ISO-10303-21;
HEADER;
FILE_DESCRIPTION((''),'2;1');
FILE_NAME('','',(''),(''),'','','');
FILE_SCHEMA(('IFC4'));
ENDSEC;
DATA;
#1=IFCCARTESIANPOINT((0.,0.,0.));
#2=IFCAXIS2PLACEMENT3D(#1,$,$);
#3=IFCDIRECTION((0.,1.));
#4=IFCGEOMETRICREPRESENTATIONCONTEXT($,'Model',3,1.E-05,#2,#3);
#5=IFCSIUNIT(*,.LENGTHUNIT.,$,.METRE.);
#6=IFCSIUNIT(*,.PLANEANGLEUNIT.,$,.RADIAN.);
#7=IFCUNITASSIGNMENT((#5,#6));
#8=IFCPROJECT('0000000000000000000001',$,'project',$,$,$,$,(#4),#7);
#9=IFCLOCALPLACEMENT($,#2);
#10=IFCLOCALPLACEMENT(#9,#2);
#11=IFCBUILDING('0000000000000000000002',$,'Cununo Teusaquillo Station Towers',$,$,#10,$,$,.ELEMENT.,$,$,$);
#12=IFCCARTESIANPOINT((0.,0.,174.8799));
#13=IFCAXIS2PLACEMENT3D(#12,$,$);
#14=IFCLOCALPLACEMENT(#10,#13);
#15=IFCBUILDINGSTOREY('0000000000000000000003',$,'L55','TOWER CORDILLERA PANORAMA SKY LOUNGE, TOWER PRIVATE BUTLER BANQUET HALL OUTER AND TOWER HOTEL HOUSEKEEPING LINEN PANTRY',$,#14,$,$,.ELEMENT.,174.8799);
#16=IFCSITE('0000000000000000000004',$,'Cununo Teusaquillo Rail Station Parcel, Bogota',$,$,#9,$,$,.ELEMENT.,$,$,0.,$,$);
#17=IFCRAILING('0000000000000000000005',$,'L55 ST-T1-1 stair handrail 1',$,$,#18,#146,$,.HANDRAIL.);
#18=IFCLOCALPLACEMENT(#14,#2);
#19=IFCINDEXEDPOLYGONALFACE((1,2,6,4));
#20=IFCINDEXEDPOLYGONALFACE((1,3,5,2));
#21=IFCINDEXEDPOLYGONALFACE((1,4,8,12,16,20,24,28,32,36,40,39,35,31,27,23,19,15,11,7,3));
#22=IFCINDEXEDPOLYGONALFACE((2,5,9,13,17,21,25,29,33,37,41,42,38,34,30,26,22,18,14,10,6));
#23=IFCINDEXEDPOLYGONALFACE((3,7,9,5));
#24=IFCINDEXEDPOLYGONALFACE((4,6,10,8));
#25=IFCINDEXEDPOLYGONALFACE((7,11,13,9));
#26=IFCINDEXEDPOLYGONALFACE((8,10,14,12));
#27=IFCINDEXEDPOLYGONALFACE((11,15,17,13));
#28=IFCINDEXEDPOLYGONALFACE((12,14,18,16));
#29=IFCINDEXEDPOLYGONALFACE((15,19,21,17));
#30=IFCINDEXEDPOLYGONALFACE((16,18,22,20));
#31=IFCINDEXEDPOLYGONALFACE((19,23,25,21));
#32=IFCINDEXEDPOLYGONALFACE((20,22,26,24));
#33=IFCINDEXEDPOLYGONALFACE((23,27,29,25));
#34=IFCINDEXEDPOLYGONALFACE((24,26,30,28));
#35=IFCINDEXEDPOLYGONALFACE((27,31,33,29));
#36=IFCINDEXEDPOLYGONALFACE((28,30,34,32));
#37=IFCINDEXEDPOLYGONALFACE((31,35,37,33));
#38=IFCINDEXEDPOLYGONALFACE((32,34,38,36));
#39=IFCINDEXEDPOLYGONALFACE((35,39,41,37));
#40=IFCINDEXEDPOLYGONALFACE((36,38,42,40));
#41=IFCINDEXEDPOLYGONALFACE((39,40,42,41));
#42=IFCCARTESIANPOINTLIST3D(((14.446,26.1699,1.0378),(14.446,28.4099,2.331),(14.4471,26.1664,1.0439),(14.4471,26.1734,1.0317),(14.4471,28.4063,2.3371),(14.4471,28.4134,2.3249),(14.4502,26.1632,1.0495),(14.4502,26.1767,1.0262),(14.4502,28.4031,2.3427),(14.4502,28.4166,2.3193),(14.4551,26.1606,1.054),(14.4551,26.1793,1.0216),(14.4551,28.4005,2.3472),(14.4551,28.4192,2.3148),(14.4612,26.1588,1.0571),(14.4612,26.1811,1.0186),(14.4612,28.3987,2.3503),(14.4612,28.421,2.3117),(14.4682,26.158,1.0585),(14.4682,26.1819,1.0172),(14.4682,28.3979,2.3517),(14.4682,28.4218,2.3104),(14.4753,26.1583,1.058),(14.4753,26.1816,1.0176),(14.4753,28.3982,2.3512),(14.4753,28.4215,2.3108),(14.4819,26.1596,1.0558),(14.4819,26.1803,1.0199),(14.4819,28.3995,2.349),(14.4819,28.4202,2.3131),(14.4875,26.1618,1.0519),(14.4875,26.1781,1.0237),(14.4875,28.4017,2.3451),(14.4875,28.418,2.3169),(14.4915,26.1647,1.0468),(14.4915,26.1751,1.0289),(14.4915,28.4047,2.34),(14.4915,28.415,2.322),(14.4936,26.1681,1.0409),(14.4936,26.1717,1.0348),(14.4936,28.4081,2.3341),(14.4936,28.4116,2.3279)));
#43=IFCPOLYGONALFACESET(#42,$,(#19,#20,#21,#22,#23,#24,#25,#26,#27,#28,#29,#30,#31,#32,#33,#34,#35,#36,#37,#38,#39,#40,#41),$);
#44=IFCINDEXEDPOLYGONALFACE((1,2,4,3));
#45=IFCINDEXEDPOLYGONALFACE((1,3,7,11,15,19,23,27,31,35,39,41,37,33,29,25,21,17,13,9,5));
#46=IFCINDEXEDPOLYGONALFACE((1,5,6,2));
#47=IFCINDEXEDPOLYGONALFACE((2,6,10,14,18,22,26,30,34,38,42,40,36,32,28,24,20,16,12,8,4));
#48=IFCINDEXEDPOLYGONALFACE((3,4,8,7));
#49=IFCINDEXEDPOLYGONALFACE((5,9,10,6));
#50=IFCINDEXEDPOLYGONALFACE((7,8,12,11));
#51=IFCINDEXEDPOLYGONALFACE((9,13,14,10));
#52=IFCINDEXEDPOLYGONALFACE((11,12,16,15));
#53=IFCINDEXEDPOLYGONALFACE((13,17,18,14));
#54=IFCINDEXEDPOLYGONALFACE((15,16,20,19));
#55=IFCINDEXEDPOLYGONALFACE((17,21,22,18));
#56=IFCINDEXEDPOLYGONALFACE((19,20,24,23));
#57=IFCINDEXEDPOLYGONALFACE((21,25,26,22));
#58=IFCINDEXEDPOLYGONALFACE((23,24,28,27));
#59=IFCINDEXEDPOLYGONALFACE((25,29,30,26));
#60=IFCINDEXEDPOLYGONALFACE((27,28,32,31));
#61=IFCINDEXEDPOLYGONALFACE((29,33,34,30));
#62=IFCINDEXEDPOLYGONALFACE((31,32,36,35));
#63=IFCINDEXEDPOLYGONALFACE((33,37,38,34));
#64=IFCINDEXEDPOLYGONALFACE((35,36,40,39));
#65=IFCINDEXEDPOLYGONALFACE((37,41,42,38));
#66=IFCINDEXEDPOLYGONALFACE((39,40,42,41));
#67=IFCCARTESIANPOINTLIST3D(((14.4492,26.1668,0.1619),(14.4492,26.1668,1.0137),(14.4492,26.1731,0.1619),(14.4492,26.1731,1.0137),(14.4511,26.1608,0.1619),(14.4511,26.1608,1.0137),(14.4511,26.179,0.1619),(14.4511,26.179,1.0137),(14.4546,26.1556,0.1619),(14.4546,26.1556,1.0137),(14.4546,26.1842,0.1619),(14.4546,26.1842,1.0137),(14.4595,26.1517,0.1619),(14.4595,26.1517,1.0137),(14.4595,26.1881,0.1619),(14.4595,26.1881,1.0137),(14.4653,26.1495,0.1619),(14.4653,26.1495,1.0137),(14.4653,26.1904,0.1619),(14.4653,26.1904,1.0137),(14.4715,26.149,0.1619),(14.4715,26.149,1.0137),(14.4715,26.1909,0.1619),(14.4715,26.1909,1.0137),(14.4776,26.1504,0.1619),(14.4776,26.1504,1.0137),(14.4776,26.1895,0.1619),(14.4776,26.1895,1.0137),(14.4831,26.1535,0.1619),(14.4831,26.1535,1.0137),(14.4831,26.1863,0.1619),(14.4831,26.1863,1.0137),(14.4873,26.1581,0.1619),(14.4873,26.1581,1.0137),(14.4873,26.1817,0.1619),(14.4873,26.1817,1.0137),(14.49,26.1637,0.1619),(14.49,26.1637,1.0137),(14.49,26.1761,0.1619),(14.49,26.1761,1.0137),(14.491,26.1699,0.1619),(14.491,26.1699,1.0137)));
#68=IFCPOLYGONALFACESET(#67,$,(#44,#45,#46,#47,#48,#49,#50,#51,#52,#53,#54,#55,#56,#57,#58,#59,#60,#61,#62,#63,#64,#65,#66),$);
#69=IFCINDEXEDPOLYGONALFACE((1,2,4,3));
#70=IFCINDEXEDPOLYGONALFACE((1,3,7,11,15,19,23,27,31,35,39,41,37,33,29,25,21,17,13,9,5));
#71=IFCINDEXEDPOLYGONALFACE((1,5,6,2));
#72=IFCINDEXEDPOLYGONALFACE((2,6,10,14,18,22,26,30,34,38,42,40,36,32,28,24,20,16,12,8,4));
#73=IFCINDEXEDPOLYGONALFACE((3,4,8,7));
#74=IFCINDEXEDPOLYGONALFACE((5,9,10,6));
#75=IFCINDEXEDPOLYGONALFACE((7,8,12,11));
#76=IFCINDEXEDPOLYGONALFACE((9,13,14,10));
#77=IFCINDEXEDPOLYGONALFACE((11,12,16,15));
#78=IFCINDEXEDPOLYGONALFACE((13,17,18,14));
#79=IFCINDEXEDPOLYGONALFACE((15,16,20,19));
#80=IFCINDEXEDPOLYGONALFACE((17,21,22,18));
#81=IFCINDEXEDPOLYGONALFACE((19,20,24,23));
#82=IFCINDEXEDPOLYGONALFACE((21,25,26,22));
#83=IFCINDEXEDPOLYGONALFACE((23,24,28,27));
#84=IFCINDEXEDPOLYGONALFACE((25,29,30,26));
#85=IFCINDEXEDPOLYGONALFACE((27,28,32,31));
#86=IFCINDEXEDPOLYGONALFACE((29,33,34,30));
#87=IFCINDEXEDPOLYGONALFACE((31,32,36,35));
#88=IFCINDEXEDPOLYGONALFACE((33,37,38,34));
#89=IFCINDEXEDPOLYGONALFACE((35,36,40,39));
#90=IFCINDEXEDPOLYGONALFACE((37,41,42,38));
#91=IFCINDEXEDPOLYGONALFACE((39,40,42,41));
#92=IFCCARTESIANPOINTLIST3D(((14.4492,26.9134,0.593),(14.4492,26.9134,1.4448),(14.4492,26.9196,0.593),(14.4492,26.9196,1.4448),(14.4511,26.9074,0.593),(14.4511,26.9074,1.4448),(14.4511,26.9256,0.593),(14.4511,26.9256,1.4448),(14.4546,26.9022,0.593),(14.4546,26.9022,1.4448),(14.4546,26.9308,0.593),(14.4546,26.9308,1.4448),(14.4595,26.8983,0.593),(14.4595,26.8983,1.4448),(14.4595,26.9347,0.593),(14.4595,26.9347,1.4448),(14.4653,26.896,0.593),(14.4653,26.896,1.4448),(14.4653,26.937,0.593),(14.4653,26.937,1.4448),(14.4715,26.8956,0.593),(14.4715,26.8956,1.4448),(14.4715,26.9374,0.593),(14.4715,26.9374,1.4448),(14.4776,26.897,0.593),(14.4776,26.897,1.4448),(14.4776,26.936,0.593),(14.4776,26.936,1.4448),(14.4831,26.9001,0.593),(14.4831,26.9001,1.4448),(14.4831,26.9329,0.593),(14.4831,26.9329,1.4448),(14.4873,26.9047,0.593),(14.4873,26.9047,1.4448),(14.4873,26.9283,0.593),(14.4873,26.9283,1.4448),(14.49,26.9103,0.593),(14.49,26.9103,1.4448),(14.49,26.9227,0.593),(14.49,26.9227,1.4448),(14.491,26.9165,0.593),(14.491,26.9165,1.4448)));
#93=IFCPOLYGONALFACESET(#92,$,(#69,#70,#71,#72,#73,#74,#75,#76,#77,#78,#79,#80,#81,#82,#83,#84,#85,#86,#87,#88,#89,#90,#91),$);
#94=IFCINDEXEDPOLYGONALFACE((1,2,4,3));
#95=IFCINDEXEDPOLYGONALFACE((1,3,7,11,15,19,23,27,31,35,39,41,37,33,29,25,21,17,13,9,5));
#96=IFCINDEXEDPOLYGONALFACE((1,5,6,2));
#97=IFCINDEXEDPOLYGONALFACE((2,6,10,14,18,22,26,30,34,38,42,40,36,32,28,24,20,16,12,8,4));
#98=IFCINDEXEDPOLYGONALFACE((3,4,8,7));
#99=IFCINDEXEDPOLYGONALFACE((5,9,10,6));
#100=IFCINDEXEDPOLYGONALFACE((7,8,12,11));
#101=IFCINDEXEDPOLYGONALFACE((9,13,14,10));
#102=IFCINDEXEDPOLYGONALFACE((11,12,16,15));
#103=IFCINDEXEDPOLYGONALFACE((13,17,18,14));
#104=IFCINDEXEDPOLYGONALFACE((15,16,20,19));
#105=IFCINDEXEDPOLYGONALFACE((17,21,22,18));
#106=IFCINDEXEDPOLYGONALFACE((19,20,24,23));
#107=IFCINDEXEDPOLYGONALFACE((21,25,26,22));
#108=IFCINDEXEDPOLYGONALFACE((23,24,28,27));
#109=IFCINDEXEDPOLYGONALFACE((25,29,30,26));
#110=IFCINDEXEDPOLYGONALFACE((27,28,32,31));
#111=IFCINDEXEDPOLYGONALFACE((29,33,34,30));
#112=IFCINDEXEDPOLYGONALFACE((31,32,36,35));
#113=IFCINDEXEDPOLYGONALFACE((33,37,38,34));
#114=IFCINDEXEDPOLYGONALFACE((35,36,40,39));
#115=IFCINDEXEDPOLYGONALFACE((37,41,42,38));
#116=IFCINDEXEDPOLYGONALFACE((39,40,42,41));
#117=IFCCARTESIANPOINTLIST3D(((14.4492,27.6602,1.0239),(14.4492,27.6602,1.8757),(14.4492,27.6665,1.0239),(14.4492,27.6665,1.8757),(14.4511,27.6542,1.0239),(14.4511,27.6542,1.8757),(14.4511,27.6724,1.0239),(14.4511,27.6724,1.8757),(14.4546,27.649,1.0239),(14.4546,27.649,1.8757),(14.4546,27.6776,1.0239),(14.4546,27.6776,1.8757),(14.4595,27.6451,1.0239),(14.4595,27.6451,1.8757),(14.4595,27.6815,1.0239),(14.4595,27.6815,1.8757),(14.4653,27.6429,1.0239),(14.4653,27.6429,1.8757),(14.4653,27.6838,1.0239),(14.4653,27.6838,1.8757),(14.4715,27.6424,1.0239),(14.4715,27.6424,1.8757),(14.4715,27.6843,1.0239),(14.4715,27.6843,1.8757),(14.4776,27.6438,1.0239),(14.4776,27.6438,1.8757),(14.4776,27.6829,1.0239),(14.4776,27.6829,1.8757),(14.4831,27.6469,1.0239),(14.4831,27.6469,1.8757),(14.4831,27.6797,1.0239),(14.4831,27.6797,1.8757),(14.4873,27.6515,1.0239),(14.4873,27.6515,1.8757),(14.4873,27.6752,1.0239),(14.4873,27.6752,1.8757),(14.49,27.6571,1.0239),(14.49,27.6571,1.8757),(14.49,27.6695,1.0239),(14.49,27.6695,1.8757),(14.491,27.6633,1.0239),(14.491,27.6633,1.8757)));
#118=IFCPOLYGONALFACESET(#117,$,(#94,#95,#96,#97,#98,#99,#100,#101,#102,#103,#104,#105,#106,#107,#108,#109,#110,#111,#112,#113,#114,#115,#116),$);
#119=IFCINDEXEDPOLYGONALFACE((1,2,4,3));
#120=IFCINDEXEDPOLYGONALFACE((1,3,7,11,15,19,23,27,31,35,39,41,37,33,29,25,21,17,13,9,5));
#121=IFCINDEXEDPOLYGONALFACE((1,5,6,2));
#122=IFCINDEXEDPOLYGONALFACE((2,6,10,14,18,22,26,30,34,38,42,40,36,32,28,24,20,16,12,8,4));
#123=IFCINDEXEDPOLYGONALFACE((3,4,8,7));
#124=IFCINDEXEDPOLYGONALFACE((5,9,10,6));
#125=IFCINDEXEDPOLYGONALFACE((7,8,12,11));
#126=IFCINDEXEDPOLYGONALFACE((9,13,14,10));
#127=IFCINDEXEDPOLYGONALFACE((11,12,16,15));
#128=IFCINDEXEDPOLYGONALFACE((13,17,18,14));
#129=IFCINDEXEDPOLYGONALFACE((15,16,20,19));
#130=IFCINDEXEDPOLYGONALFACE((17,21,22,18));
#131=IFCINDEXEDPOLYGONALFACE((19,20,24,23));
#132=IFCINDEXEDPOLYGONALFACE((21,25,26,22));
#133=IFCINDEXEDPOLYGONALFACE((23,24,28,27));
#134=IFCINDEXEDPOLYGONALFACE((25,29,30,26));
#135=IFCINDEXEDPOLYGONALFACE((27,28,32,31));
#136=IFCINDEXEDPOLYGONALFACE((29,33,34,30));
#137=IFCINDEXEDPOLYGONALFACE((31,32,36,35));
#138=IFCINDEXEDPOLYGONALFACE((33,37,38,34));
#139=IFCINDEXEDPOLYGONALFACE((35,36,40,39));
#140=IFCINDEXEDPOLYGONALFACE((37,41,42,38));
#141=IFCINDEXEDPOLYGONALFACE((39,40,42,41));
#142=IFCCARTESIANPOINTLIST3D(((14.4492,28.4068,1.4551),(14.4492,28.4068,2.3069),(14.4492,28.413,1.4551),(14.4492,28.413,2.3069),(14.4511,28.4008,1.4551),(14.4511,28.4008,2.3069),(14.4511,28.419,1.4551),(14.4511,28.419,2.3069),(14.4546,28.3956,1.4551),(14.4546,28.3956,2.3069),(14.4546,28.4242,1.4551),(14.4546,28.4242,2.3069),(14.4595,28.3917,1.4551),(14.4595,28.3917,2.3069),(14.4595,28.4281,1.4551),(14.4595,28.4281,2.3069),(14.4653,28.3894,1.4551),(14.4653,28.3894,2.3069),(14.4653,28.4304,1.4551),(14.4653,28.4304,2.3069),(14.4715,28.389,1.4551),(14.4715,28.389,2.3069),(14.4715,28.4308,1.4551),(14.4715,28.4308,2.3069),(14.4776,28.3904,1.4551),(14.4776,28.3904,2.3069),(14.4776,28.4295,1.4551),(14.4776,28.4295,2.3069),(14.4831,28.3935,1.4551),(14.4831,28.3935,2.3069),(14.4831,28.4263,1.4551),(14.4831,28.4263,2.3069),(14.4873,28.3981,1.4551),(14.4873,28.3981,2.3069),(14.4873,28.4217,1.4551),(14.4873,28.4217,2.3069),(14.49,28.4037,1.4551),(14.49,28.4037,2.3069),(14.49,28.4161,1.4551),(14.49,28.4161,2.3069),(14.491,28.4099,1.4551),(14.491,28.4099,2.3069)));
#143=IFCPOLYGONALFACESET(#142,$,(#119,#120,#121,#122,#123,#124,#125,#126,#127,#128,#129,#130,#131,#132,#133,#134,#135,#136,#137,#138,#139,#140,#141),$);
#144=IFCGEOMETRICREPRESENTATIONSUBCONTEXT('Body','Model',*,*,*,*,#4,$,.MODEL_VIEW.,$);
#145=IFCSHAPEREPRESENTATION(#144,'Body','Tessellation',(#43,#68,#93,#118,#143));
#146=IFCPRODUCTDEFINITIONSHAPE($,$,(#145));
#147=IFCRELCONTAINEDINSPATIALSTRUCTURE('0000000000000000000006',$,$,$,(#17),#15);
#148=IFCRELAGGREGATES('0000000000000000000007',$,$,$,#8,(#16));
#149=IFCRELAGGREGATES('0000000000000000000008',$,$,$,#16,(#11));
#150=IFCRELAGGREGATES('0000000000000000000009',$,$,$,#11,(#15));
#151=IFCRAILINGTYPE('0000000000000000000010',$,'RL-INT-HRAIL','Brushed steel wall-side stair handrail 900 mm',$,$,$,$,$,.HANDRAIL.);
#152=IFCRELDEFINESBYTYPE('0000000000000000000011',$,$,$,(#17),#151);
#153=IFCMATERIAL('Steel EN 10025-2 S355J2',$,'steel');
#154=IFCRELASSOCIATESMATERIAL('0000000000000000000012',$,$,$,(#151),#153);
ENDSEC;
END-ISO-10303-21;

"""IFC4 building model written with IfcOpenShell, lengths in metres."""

from ifc_helpers import new_model, si_unit, direction, frame, origin, origin_2d, place, context, subcontext, project, spatial, circle, extrude, material, type_object, element, save


model = new_model("IFC4")

# Units and contexts
model_context = context("Model", 3, precision=1e-05, world=origin(), true_north=direction((0.0, 1.0)))
body_context = subcontext(model_context, "Body", "Model", "MODEL_VIEW")
ifc_project = project(units=[si_unit("LENGTHUNIT", "METRE"), si_unit("PLANEANGLEUNIT", "RADIAN")], contexts=[model_context])

# Site, building, storey
site_placement = place(None, origin())
site = spatial("IfcSite", under=ifc_project, at=site_placement, Name="Cununo Teusaquillo Rail Station Parcel, Bogota", CompositionType="ELEMENT", RefElevation=0.0)
building_placement = place(site_placement, origin())
building = spatial("IfcBuilding", under=site, at=building_placement, Name="Cununo Teusaquillo Station Towers", CompositionType="ELEMENT")
storey_placement = place(building_placement, frame((0.0, 0.0, 174.8799)))
storey = spatial("IfcBuildingStorey", under=building, at=storey_placement, Name="L55", Description="TOWER CORDILLERA PANORAMA SKY LOUNGE, TOWER PRIVATE BUTLER BANQUET HALL OUTER AND TOWER HOTEL HOUSEKEEPING LINEN PANTRY", CompositionType="ELEMENT", Elevation=174.8799)

# Railing
ifc_material_1 = material(Name="Steel EN 10025-2 S355J2", Category="steel")
railing_type_1 = type_object("IfcRailingType", Name="RL-INT-HRAIL", Description="Brushed steel wall-side stair handrail 900 mm", PredefinedType="HANDRAIL", material=ifc_material_1)
railing_1_placement = place(storey_placement, frame((14.47, 26.1699, 0.1619)))
element("IfcRailing", 1, at=railing_1_placement, inside=storey, type_object=railing_type_1, Name="L55 ST-T1-1 stair handrail 1", PredefinedType="HANDRAIL", context=body_context, shape_type="SweptSolid", body=[
    extrude(circle(Radius=0.0239, at=origin_2d()), frame((0.0, 0.0, 0.876), z_axis=(0.0, 0.866033, 0.499987), x_axis=(-1.0, 0.0, 0.0)), (0.0, 0.0, 1.0), 2.5864),
    extrude(circle(Radius=0.021, at=origin_2d()), origin(), (0.0, 0.0, 1.0), 0.8518),
    extrude(circle(Radius=0.021, at=origin_2d()), frame((0.0, 0.7466, 0.4312)), (0.0, 0.0, 1.0), 0.8518),
    extrude(circle(Radius=0.021, at=origin_2d()), frame((0.0, 1.4934, 0.8621)), (0.0, 0.0, 1.0), 0.8518),
    extrude(circle(Radius=0.021, at=origin_2d()), frame((0.0, 2.24, 1.2932)), (0.0, 0.0, 1.0), 0.8518),
])

save(model, "model.ifc")
